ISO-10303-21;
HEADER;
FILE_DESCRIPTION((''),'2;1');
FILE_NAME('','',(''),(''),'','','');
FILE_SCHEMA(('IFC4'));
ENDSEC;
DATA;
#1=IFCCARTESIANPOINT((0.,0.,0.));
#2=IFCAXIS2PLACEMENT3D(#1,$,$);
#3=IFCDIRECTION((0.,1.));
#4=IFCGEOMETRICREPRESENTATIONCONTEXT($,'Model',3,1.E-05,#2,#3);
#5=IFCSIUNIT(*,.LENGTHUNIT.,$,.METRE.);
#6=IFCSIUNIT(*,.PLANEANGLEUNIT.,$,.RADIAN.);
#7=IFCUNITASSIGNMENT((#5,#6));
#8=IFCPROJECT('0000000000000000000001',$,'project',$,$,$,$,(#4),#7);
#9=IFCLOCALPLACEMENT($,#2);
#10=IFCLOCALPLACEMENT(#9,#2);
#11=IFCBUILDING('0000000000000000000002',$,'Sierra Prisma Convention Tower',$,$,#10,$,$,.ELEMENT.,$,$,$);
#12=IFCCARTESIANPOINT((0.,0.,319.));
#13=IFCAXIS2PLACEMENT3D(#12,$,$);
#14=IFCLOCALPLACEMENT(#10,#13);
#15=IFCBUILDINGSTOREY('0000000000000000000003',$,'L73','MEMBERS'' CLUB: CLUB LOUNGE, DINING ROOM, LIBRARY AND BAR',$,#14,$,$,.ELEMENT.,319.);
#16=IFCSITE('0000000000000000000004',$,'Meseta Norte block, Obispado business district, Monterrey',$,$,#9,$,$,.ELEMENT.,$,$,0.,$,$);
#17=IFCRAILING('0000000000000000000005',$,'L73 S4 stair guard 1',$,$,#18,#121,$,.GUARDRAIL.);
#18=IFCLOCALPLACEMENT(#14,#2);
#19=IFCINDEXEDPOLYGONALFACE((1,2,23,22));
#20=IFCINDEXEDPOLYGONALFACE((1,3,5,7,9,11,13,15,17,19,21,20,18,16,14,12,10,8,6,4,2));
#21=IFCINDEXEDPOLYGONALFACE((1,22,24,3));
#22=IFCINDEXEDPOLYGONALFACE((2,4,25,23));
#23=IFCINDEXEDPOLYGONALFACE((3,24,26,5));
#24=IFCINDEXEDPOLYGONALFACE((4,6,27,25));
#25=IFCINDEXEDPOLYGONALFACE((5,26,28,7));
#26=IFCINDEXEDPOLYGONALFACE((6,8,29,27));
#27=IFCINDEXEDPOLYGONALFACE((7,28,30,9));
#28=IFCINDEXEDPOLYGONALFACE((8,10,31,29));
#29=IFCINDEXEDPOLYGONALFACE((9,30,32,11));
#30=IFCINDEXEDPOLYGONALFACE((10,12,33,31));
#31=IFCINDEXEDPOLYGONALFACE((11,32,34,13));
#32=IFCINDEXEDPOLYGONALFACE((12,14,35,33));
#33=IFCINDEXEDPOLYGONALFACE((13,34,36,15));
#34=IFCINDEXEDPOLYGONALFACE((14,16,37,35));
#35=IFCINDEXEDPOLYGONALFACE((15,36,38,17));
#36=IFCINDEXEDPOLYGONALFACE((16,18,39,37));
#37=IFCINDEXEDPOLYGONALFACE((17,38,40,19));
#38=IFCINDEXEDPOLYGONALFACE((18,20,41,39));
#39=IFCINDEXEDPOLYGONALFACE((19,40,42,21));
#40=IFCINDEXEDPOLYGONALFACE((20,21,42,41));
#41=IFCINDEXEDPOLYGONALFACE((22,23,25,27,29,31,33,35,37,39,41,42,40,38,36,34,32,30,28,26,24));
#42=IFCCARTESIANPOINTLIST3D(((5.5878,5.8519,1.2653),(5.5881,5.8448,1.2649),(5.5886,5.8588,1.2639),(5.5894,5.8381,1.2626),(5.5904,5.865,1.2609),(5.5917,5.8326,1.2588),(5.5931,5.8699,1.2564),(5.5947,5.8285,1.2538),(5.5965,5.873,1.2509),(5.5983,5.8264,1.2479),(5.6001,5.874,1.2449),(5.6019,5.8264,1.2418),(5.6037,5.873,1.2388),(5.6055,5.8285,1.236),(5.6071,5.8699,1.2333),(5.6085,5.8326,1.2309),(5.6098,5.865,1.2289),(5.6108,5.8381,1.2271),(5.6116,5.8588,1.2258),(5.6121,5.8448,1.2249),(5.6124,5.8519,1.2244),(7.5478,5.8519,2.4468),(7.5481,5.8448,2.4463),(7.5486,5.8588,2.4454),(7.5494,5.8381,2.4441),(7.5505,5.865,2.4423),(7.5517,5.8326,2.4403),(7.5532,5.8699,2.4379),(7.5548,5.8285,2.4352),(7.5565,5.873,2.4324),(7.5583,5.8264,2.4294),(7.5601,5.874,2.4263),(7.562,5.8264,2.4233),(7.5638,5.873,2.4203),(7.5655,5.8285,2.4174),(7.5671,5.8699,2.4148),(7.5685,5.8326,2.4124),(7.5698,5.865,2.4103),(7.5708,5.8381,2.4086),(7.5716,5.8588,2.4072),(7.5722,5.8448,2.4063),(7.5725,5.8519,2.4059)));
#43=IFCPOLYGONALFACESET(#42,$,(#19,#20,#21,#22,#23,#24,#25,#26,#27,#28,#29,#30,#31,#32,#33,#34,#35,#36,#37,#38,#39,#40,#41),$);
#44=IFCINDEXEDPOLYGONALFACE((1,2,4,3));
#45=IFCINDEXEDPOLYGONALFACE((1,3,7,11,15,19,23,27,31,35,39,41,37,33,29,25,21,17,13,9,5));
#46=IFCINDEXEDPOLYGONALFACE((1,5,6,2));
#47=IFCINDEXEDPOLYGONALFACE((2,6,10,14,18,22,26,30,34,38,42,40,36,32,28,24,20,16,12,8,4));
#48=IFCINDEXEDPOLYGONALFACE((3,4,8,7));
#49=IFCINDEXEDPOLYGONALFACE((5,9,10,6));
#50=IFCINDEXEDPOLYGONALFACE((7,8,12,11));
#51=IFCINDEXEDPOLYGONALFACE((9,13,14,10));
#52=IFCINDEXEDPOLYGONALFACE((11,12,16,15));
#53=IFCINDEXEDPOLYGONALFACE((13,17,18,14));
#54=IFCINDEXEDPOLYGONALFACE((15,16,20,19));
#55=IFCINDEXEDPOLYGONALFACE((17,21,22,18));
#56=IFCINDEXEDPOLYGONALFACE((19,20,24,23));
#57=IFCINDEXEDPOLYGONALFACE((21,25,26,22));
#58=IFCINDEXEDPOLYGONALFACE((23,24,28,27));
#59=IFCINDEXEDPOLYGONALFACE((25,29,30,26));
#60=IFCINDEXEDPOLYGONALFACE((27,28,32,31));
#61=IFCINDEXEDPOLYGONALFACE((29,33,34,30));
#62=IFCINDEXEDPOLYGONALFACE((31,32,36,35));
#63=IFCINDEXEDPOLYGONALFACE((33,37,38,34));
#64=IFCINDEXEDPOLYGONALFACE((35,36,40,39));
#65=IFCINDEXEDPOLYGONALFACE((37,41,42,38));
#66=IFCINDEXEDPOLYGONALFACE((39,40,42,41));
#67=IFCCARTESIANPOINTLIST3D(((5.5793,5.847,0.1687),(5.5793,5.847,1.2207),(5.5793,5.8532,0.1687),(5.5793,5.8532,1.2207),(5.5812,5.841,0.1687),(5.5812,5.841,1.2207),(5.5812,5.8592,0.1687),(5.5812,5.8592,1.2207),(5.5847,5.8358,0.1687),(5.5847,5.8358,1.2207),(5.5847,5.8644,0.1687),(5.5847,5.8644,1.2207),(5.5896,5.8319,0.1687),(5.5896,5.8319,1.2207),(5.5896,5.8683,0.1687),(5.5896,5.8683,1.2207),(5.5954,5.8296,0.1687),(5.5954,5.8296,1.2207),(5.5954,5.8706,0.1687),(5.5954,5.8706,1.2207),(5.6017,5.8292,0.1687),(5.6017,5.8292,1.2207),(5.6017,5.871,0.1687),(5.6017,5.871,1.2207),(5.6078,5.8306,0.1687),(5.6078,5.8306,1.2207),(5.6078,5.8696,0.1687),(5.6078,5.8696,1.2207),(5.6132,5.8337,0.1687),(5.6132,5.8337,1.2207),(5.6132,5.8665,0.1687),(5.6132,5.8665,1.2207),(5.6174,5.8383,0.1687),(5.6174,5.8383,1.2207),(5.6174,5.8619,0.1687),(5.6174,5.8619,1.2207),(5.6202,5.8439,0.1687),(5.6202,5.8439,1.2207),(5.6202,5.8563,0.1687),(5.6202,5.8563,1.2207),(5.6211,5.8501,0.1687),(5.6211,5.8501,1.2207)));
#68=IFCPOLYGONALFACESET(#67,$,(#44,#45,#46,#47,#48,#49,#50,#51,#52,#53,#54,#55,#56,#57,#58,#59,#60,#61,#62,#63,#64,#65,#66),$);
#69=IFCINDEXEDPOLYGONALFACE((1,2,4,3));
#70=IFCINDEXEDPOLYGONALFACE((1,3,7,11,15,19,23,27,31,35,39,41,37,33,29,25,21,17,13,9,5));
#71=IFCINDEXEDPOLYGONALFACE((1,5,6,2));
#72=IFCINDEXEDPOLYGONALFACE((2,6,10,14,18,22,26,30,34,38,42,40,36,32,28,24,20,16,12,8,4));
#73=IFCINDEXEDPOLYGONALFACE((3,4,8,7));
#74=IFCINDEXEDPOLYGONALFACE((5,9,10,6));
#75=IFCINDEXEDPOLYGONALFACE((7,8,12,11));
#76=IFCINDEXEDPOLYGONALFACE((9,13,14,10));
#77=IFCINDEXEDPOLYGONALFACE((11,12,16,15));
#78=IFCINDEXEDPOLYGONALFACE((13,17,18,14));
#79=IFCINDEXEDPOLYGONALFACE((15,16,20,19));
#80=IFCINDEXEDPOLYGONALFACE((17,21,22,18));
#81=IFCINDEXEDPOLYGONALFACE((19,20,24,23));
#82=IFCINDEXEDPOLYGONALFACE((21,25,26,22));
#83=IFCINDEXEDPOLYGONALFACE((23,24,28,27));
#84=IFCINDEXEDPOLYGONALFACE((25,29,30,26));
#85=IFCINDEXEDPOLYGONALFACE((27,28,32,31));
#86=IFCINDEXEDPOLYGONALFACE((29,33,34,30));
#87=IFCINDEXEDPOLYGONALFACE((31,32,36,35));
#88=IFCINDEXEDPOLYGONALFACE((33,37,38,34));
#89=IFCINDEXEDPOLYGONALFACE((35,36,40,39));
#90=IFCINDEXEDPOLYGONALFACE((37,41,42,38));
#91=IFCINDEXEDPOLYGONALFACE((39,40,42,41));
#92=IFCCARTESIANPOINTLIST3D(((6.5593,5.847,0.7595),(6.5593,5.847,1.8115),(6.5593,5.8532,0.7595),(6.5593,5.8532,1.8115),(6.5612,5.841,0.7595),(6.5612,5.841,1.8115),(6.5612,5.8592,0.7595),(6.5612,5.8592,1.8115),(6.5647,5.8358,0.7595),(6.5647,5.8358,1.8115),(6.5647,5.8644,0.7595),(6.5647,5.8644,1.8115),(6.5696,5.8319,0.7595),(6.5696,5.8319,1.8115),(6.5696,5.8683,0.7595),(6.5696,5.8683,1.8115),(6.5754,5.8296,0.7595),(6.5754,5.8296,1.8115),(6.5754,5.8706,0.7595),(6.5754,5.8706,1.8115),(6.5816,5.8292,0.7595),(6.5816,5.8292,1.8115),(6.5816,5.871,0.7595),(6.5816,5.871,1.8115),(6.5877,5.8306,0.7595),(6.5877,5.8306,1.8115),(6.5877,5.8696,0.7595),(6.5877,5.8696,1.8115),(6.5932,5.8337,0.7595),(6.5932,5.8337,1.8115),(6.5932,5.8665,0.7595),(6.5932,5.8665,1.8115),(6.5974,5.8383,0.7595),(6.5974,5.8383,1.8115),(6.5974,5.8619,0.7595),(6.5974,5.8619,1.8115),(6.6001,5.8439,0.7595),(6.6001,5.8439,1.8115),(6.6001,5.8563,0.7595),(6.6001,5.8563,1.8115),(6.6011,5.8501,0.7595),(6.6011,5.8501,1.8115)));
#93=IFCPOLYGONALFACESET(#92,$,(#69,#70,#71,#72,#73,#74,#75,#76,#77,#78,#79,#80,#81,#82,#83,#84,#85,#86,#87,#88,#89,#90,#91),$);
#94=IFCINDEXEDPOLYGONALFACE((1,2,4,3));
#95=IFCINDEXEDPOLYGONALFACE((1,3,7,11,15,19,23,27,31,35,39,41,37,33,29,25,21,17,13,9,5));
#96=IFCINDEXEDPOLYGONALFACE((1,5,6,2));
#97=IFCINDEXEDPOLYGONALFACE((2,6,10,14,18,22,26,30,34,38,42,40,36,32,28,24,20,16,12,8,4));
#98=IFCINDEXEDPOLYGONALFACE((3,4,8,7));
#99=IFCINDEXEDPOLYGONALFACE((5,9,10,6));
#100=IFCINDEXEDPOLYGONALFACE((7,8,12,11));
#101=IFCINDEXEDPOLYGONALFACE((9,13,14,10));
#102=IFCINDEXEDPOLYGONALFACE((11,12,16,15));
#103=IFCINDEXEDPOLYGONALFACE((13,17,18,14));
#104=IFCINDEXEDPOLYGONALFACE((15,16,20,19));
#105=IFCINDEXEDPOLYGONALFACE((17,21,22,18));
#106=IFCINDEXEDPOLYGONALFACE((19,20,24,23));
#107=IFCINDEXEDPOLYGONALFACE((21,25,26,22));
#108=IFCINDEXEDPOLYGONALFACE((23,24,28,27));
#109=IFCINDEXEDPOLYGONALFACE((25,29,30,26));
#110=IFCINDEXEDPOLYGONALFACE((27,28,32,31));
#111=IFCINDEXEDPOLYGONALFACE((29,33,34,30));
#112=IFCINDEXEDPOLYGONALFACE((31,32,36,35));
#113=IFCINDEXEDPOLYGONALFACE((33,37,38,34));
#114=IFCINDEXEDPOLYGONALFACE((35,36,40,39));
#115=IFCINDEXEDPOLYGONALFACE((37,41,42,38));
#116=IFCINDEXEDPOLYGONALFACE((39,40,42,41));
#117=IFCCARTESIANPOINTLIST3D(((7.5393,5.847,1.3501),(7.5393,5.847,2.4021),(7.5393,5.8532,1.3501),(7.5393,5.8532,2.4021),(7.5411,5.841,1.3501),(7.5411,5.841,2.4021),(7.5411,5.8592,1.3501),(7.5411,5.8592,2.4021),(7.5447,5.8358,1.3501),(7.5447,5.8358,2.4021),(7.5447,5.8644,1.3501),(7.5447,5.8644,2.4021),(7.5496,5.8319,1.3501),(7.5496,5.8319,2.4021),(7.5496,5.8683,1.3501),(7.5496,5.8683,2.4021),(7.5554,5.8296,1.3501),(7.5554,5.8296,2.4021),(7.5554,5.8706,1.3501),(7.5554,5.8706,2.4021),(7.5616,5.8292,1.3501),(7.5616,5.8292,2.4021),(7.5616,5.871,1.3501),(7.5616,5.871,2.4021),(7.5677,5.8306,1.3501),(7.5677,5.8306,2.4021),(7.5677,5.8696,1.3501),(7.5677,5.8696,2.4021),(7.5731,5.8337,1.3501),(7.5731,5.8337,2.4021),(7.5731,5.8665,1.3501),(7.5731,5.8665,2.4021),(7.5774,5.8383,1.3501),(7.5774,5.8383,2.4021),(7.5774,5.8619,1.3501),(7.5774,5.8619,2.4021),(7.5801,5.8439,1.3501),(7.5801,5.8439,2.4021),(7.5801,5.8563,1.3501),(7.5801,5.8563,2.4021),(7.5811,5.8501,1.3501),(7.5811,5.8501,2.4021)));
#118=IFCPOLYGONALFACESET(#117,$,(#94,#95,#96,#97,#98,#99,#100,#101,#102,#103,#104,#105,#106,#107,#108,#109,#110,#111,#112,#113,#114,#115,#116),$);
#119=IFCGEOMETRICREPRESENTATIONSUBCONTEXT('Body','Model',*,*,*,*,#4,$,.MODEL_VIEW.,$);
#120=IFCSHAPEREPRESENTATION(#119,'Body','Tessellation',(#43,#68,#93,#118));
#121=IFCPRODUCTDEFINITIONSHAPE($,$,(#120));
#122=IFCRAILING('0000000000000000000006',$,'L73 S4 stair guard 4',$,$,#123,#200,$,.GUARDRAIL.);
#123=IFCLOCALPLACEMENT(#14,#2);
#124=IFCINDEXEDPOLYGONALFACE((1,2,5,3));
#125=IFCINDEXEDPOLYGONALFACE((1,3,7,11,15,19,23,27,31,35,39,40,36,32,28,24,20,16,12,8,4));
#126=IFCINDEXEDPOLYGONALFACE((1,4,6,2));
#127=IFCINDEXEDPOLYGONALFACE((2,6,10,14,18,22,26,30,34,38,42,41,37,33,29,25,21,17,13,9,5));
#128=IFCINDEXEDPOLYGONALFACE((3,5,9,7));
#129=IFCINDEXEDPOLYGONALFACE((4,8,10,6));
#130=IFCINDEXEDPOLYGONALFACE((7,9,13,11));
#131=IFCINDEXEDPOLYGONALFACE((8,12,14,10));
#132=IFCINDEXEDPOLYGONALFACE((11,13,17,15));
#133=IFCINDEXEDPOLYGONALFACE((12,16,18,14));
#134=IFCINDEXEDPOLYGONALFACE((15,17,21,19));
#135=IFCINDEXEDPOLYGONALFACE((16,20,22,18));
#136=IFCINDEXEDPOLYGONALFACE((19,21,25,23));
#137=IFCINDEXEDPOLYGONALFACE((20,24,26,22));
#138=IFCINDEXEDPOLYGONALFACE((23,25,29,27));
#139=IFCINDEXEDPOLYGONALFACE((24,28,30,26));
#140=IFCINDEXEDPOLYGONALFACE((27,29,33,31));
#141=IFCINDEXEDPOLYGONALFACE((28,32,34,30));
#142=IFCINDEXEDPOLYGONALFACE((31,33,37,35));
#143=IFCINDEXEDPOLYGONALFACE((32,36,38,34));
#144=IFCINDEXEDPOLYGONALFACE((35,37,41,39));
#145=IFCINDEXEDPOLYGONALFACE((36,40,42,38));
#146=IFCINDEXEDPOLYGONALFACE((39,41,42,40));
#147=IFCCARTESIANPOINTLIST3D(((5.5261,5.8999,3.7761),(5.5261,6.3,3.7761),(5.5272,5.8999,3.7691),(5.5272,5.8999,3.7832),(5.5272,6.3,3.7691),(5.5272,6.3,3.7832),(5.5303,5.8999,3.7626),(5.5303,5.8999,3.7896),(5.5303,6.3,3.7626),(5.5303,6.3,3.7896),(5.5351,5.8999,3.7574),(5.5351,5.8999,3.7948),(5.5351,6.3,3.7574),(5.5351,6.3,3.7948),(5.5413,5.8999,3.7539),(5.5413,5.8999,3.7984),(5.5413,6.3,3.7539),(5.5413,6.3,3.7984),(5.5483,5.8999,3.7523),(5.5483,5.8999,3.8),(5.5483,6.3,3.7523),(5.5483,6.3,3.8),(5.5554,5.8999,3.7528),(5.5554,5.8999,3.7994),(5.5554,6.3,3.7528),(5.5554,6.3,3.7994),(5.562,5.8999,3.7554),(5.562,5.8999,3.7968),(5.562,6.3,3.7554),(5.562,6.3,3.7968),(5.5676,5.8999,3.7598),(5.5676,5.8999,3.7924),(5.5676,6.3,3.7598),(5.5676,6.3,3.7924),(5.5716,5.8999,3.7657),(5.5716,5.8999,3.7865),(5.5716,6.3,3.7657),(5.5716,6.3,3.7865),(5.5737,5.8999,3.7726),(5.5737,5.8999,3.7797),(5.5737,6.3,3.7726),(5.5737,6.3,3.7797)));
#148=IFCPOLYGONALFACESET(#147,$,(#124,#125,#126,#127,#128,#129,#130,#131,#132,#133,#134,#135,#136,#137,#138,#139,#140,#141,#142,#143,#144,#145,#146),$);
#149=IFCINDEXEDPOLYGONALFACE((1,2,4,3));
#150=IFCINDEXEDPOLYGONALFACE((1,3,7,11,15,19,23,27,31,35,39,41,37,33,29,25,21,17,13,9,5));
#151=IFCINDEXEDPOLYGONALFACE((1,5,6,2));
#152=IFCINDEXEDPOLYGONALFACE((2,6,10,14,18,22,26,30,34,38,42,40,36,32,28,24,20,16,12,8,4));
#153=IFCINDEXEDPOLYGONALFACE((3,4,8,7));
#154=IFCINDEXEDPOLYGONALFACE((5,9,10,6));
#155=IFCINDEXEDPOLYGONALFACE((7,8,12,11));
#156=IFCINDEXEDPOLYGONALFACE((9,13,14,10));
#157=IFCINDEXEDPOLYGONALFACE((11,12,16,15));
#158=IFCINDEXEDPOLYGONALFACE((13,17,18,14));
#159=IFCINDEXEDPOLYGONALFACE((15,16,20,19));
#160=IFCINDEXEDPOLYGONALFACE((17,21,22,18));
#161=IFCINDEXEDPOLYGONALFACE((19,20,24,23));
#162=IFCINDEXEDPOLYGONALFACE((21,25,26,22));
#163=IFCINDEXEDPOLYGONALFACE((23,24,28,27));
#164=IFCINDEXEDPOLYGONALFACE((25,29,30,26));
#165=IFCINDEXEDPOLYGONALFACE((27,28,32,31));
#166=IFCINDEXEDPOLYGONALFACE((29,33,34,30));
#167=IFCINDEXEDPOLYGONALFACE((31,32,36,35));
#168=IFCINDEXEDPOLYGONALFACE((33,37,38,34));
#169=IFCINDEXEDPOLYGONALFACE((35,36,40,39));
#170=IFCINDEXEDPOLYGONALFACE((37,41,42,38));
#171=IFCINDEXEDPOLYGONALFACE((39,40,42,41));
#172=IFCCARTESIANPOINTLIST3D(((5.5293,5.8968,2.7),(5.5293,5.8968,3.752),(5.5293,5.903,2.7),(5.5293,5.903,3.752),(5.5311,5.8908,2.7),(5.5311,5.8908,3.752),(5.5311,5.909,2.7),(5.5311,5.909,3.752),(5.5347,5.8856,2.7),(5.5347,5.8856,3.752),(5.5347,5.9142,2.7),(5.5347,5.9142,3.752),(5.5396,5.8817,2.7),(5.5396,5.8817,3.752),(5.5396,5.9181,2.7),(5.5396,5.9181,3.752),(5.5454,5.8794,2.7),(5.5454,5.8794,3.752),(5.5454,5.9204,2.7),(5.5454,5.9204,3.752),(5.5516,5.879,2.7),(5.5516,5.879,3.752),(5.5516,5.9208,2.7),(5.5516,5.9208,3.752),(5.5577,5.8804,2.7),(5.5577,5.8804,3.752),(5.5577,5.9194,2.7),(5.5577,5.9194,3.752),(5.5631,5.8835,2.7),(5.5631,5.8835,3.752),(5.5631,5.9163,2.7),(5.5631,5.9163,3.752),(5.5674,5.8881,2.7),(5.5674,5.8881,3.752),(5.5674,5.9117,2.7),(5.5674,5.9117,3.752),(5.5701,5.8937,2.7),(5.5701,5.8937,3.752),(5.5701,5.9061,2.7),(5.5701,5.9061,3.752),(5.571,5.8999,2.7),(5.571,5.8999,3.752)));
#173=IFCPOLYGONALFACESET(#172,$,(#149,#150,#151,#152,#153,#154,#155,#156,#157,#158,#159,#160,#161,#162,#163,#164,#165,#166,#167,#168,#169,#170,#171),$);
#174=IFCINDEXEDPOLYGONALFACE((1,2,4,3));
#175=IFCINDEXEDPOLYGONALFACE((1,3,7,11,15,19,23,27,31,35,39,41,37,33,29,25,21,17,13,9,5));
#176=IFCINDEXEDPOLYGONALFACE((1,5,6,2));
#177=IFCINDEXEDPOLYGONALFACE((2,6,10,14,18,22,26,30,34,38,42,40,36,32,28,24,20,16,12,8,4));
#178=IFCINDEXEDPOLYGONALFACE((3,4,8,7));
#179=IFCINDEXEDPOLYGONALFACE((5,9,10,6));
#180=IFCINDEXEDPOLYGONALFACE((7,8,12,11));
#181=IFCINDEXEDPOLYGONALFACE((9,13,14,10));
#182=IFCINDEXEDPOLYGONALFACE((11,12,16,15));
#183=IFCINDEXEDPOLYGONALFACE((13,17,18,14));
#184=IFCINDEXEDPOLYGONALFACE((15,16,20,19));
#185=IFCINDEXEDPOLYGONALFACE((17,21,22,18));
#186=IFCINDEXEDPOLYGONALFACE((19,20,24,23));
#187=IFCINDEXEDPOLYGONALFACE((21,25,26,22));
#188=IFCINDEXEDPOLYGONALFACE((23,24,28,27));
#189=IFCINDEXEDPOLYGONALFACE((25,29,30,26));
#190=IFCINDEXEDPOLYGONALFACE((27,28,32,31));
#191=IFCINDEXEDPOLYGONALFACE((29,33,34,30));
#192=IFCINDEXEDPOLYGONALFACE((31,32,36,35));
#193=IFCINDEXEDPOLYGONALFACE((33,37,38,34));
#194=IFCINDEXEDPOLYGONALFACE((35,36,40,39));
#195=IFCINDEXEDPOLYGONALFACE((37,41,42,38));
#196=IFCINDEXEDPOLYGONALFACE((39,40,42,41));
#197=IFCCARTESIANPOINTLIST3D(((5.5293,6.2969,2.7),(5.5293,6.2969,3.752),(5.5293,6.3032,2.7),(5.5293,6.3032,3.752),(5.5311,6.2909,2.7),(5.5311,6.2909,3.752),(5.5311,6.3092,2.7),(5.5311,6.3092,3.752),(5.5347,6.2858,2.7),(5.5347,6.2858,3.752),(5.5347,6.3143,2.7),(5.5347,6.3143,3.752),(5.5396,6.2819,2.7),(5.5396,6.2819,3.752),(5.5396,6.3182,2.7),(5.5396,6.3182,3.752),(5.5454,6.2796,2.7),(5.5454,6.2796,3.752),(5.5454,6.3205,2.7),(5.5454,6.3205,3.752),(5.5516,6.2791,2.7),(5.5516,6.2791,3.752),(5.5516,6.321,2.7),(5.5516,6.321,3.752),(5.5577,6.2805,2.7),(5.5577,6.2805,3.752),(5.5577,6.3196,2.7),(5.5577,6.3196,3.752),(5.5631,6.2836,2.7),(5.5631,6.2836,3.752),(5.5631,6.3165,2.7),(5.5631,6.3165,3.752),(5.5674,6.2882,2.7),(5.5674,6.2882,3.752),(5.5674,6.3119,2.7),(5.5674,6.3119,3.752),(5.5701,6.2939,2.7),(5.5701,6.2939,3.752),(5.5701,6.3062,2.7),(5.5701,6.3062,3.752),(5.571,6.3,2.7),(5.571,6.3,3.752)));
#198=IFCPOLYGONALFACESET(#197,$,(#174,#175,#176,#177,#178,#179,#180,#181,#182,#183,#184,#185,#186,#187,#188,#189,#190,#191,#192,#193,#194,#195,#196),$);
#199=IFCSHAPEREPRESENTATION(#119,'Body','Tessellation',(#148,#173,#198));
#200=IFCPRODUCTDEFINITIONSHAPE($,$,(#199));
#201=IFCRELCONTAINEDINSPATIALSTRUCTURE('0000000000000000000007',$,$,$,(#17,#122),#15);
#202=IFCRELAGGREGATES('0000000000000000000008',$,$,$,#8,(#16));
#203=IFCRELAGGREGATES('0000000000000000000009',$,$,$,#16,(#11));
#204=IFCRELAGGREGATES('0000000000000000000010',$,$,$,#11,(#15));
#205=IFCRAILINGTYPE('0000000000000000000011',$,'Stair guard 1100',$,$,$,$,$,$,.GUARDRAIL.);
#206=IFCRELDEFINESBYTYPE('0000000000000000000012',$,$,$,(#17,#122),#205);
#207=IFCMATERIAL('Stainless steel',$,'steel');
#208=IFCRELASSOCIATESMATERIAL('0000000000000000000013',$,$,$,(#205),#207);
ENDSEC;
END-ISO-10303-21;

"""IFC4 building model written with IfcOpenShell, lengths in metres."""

from ifc_helpers import new_model, si_unit, direction, frame, origin, origin_2d, place, context, subcontext, project, spatial, circle, extrude, material, type_object, element, save


model = new_model("IFC4")

# Units and contexts
model_context = context("Model", 3, precision=1e-05, world=origin(), true_north=direction((0.0, 1.0)))
body_context = subcontext(model_context, "Body", "Model", "MODEL_VIEW")
ifc_project = project(units=[si_unit("LENGTHUNIT", "METRE"), si_unit("PLANEANGLEUNIT", "RADIAN")], contexts=[model_context])

# Site, building, storey
site_placement = place(None, origin())
site = spatial("IfcSite", under=ifc_project, at=site_placement, Name="Meseta Norte block, Obispado business district, Monterrey", CompositionType="ELEMENT", RefElevation=0.0)
building_placement = place(site_placement, origin())
building = spatial("IfcBuilding", under=site, at=building_placement, Name="Sierra Prisma Convention Tower", CompositionType="ELEMENT")
storey_placement = place(building_placement, frame((0.0, 0.0, 319.0)))
storey = spatial("IfcBuildingStorey", under=building, at=storey_placement, Name="L73", Description="MEMBERS' CLUB: CLUB LOUNGE, DINING ROOM, LIBRARY AND BAR", CompositionType="ELEMENT", Elevation=319.0)

# Railings
ifc_material_1 = material(Name="Stainless steel", Category="steel")
railing_type_1 = type_object("IfcRailingType", Name="Stair guard 1100", PredefinedType="GUARDRAIL", material=ifc_material_1)
railing_placement = place(storey_placement, frame((5.6001, 5.8501, 0.1687)))
element("IfcRailing", 1, at=railing_placement, inside=storey, type_object=railing_type_1, Name="L73 S4 stair guard 1", PredefinedType="GUARDRAIL", context=body_context, shape_type="SweptSolid", body=[
    extrude(circle(Radius=0.0239, at=origin_2d()), frame((0.0, 0.0, 1.0762), z_axis=(0.856446, 0.0, 0.516236), x_axis=(0.0, 1.0, 0.0)), (0.0, 0.0, 1.0), 2.2886),
    extrude(circle(Radius=0.021, at=origin_2d()), origin(), (0.0, 0.0, 1.0), 1.052),
    extrude(circle(Radius=0.021, at=origin_2d()), frame((0.98, 0.0, 0.5908)), (0.0, 0.0, 1.0), 1.052),
    extrude(circle(Radius=0.021, at=origin_2d()), frame((1.96, 0.0, 1.1814)), (0.0, 0.0, 1.0), 1.052),
])
for number, where, name in (
    (2, (5.55, 5.8999, 2.7), "L73 S4 stair guard 4"),
):
    element("IfcRailing", number, at=place(storey_placement, frame(where)), inside=storey, type_object=railing_type_1, Name=name, PredefinedType="GUARDRAIL", context=body_context, shape_type="SweptSolid", body=[
        extrude(circle(Radius=0.0239, at=origin_2d()), frame((0.0, 0.0, 1.0762), z_axis=(0.0, 1.0, 0.0), x_axis=(-1.0, 0.0, 0.0)), (0.0, 0.0, 1.0), 0.4001),
        extrude(circle(Radius=0.021, at=origin_2d()), origin(), (0.0, 0.0, 1.0), 1.052),
        extrude(circle(Radius=0.021, at=origin_2d()), frame((0.0, 0.4001, 0.0)), (0.0, 0.0, 1.0), 1.052),
    ])

save(model, "model.ifc")
